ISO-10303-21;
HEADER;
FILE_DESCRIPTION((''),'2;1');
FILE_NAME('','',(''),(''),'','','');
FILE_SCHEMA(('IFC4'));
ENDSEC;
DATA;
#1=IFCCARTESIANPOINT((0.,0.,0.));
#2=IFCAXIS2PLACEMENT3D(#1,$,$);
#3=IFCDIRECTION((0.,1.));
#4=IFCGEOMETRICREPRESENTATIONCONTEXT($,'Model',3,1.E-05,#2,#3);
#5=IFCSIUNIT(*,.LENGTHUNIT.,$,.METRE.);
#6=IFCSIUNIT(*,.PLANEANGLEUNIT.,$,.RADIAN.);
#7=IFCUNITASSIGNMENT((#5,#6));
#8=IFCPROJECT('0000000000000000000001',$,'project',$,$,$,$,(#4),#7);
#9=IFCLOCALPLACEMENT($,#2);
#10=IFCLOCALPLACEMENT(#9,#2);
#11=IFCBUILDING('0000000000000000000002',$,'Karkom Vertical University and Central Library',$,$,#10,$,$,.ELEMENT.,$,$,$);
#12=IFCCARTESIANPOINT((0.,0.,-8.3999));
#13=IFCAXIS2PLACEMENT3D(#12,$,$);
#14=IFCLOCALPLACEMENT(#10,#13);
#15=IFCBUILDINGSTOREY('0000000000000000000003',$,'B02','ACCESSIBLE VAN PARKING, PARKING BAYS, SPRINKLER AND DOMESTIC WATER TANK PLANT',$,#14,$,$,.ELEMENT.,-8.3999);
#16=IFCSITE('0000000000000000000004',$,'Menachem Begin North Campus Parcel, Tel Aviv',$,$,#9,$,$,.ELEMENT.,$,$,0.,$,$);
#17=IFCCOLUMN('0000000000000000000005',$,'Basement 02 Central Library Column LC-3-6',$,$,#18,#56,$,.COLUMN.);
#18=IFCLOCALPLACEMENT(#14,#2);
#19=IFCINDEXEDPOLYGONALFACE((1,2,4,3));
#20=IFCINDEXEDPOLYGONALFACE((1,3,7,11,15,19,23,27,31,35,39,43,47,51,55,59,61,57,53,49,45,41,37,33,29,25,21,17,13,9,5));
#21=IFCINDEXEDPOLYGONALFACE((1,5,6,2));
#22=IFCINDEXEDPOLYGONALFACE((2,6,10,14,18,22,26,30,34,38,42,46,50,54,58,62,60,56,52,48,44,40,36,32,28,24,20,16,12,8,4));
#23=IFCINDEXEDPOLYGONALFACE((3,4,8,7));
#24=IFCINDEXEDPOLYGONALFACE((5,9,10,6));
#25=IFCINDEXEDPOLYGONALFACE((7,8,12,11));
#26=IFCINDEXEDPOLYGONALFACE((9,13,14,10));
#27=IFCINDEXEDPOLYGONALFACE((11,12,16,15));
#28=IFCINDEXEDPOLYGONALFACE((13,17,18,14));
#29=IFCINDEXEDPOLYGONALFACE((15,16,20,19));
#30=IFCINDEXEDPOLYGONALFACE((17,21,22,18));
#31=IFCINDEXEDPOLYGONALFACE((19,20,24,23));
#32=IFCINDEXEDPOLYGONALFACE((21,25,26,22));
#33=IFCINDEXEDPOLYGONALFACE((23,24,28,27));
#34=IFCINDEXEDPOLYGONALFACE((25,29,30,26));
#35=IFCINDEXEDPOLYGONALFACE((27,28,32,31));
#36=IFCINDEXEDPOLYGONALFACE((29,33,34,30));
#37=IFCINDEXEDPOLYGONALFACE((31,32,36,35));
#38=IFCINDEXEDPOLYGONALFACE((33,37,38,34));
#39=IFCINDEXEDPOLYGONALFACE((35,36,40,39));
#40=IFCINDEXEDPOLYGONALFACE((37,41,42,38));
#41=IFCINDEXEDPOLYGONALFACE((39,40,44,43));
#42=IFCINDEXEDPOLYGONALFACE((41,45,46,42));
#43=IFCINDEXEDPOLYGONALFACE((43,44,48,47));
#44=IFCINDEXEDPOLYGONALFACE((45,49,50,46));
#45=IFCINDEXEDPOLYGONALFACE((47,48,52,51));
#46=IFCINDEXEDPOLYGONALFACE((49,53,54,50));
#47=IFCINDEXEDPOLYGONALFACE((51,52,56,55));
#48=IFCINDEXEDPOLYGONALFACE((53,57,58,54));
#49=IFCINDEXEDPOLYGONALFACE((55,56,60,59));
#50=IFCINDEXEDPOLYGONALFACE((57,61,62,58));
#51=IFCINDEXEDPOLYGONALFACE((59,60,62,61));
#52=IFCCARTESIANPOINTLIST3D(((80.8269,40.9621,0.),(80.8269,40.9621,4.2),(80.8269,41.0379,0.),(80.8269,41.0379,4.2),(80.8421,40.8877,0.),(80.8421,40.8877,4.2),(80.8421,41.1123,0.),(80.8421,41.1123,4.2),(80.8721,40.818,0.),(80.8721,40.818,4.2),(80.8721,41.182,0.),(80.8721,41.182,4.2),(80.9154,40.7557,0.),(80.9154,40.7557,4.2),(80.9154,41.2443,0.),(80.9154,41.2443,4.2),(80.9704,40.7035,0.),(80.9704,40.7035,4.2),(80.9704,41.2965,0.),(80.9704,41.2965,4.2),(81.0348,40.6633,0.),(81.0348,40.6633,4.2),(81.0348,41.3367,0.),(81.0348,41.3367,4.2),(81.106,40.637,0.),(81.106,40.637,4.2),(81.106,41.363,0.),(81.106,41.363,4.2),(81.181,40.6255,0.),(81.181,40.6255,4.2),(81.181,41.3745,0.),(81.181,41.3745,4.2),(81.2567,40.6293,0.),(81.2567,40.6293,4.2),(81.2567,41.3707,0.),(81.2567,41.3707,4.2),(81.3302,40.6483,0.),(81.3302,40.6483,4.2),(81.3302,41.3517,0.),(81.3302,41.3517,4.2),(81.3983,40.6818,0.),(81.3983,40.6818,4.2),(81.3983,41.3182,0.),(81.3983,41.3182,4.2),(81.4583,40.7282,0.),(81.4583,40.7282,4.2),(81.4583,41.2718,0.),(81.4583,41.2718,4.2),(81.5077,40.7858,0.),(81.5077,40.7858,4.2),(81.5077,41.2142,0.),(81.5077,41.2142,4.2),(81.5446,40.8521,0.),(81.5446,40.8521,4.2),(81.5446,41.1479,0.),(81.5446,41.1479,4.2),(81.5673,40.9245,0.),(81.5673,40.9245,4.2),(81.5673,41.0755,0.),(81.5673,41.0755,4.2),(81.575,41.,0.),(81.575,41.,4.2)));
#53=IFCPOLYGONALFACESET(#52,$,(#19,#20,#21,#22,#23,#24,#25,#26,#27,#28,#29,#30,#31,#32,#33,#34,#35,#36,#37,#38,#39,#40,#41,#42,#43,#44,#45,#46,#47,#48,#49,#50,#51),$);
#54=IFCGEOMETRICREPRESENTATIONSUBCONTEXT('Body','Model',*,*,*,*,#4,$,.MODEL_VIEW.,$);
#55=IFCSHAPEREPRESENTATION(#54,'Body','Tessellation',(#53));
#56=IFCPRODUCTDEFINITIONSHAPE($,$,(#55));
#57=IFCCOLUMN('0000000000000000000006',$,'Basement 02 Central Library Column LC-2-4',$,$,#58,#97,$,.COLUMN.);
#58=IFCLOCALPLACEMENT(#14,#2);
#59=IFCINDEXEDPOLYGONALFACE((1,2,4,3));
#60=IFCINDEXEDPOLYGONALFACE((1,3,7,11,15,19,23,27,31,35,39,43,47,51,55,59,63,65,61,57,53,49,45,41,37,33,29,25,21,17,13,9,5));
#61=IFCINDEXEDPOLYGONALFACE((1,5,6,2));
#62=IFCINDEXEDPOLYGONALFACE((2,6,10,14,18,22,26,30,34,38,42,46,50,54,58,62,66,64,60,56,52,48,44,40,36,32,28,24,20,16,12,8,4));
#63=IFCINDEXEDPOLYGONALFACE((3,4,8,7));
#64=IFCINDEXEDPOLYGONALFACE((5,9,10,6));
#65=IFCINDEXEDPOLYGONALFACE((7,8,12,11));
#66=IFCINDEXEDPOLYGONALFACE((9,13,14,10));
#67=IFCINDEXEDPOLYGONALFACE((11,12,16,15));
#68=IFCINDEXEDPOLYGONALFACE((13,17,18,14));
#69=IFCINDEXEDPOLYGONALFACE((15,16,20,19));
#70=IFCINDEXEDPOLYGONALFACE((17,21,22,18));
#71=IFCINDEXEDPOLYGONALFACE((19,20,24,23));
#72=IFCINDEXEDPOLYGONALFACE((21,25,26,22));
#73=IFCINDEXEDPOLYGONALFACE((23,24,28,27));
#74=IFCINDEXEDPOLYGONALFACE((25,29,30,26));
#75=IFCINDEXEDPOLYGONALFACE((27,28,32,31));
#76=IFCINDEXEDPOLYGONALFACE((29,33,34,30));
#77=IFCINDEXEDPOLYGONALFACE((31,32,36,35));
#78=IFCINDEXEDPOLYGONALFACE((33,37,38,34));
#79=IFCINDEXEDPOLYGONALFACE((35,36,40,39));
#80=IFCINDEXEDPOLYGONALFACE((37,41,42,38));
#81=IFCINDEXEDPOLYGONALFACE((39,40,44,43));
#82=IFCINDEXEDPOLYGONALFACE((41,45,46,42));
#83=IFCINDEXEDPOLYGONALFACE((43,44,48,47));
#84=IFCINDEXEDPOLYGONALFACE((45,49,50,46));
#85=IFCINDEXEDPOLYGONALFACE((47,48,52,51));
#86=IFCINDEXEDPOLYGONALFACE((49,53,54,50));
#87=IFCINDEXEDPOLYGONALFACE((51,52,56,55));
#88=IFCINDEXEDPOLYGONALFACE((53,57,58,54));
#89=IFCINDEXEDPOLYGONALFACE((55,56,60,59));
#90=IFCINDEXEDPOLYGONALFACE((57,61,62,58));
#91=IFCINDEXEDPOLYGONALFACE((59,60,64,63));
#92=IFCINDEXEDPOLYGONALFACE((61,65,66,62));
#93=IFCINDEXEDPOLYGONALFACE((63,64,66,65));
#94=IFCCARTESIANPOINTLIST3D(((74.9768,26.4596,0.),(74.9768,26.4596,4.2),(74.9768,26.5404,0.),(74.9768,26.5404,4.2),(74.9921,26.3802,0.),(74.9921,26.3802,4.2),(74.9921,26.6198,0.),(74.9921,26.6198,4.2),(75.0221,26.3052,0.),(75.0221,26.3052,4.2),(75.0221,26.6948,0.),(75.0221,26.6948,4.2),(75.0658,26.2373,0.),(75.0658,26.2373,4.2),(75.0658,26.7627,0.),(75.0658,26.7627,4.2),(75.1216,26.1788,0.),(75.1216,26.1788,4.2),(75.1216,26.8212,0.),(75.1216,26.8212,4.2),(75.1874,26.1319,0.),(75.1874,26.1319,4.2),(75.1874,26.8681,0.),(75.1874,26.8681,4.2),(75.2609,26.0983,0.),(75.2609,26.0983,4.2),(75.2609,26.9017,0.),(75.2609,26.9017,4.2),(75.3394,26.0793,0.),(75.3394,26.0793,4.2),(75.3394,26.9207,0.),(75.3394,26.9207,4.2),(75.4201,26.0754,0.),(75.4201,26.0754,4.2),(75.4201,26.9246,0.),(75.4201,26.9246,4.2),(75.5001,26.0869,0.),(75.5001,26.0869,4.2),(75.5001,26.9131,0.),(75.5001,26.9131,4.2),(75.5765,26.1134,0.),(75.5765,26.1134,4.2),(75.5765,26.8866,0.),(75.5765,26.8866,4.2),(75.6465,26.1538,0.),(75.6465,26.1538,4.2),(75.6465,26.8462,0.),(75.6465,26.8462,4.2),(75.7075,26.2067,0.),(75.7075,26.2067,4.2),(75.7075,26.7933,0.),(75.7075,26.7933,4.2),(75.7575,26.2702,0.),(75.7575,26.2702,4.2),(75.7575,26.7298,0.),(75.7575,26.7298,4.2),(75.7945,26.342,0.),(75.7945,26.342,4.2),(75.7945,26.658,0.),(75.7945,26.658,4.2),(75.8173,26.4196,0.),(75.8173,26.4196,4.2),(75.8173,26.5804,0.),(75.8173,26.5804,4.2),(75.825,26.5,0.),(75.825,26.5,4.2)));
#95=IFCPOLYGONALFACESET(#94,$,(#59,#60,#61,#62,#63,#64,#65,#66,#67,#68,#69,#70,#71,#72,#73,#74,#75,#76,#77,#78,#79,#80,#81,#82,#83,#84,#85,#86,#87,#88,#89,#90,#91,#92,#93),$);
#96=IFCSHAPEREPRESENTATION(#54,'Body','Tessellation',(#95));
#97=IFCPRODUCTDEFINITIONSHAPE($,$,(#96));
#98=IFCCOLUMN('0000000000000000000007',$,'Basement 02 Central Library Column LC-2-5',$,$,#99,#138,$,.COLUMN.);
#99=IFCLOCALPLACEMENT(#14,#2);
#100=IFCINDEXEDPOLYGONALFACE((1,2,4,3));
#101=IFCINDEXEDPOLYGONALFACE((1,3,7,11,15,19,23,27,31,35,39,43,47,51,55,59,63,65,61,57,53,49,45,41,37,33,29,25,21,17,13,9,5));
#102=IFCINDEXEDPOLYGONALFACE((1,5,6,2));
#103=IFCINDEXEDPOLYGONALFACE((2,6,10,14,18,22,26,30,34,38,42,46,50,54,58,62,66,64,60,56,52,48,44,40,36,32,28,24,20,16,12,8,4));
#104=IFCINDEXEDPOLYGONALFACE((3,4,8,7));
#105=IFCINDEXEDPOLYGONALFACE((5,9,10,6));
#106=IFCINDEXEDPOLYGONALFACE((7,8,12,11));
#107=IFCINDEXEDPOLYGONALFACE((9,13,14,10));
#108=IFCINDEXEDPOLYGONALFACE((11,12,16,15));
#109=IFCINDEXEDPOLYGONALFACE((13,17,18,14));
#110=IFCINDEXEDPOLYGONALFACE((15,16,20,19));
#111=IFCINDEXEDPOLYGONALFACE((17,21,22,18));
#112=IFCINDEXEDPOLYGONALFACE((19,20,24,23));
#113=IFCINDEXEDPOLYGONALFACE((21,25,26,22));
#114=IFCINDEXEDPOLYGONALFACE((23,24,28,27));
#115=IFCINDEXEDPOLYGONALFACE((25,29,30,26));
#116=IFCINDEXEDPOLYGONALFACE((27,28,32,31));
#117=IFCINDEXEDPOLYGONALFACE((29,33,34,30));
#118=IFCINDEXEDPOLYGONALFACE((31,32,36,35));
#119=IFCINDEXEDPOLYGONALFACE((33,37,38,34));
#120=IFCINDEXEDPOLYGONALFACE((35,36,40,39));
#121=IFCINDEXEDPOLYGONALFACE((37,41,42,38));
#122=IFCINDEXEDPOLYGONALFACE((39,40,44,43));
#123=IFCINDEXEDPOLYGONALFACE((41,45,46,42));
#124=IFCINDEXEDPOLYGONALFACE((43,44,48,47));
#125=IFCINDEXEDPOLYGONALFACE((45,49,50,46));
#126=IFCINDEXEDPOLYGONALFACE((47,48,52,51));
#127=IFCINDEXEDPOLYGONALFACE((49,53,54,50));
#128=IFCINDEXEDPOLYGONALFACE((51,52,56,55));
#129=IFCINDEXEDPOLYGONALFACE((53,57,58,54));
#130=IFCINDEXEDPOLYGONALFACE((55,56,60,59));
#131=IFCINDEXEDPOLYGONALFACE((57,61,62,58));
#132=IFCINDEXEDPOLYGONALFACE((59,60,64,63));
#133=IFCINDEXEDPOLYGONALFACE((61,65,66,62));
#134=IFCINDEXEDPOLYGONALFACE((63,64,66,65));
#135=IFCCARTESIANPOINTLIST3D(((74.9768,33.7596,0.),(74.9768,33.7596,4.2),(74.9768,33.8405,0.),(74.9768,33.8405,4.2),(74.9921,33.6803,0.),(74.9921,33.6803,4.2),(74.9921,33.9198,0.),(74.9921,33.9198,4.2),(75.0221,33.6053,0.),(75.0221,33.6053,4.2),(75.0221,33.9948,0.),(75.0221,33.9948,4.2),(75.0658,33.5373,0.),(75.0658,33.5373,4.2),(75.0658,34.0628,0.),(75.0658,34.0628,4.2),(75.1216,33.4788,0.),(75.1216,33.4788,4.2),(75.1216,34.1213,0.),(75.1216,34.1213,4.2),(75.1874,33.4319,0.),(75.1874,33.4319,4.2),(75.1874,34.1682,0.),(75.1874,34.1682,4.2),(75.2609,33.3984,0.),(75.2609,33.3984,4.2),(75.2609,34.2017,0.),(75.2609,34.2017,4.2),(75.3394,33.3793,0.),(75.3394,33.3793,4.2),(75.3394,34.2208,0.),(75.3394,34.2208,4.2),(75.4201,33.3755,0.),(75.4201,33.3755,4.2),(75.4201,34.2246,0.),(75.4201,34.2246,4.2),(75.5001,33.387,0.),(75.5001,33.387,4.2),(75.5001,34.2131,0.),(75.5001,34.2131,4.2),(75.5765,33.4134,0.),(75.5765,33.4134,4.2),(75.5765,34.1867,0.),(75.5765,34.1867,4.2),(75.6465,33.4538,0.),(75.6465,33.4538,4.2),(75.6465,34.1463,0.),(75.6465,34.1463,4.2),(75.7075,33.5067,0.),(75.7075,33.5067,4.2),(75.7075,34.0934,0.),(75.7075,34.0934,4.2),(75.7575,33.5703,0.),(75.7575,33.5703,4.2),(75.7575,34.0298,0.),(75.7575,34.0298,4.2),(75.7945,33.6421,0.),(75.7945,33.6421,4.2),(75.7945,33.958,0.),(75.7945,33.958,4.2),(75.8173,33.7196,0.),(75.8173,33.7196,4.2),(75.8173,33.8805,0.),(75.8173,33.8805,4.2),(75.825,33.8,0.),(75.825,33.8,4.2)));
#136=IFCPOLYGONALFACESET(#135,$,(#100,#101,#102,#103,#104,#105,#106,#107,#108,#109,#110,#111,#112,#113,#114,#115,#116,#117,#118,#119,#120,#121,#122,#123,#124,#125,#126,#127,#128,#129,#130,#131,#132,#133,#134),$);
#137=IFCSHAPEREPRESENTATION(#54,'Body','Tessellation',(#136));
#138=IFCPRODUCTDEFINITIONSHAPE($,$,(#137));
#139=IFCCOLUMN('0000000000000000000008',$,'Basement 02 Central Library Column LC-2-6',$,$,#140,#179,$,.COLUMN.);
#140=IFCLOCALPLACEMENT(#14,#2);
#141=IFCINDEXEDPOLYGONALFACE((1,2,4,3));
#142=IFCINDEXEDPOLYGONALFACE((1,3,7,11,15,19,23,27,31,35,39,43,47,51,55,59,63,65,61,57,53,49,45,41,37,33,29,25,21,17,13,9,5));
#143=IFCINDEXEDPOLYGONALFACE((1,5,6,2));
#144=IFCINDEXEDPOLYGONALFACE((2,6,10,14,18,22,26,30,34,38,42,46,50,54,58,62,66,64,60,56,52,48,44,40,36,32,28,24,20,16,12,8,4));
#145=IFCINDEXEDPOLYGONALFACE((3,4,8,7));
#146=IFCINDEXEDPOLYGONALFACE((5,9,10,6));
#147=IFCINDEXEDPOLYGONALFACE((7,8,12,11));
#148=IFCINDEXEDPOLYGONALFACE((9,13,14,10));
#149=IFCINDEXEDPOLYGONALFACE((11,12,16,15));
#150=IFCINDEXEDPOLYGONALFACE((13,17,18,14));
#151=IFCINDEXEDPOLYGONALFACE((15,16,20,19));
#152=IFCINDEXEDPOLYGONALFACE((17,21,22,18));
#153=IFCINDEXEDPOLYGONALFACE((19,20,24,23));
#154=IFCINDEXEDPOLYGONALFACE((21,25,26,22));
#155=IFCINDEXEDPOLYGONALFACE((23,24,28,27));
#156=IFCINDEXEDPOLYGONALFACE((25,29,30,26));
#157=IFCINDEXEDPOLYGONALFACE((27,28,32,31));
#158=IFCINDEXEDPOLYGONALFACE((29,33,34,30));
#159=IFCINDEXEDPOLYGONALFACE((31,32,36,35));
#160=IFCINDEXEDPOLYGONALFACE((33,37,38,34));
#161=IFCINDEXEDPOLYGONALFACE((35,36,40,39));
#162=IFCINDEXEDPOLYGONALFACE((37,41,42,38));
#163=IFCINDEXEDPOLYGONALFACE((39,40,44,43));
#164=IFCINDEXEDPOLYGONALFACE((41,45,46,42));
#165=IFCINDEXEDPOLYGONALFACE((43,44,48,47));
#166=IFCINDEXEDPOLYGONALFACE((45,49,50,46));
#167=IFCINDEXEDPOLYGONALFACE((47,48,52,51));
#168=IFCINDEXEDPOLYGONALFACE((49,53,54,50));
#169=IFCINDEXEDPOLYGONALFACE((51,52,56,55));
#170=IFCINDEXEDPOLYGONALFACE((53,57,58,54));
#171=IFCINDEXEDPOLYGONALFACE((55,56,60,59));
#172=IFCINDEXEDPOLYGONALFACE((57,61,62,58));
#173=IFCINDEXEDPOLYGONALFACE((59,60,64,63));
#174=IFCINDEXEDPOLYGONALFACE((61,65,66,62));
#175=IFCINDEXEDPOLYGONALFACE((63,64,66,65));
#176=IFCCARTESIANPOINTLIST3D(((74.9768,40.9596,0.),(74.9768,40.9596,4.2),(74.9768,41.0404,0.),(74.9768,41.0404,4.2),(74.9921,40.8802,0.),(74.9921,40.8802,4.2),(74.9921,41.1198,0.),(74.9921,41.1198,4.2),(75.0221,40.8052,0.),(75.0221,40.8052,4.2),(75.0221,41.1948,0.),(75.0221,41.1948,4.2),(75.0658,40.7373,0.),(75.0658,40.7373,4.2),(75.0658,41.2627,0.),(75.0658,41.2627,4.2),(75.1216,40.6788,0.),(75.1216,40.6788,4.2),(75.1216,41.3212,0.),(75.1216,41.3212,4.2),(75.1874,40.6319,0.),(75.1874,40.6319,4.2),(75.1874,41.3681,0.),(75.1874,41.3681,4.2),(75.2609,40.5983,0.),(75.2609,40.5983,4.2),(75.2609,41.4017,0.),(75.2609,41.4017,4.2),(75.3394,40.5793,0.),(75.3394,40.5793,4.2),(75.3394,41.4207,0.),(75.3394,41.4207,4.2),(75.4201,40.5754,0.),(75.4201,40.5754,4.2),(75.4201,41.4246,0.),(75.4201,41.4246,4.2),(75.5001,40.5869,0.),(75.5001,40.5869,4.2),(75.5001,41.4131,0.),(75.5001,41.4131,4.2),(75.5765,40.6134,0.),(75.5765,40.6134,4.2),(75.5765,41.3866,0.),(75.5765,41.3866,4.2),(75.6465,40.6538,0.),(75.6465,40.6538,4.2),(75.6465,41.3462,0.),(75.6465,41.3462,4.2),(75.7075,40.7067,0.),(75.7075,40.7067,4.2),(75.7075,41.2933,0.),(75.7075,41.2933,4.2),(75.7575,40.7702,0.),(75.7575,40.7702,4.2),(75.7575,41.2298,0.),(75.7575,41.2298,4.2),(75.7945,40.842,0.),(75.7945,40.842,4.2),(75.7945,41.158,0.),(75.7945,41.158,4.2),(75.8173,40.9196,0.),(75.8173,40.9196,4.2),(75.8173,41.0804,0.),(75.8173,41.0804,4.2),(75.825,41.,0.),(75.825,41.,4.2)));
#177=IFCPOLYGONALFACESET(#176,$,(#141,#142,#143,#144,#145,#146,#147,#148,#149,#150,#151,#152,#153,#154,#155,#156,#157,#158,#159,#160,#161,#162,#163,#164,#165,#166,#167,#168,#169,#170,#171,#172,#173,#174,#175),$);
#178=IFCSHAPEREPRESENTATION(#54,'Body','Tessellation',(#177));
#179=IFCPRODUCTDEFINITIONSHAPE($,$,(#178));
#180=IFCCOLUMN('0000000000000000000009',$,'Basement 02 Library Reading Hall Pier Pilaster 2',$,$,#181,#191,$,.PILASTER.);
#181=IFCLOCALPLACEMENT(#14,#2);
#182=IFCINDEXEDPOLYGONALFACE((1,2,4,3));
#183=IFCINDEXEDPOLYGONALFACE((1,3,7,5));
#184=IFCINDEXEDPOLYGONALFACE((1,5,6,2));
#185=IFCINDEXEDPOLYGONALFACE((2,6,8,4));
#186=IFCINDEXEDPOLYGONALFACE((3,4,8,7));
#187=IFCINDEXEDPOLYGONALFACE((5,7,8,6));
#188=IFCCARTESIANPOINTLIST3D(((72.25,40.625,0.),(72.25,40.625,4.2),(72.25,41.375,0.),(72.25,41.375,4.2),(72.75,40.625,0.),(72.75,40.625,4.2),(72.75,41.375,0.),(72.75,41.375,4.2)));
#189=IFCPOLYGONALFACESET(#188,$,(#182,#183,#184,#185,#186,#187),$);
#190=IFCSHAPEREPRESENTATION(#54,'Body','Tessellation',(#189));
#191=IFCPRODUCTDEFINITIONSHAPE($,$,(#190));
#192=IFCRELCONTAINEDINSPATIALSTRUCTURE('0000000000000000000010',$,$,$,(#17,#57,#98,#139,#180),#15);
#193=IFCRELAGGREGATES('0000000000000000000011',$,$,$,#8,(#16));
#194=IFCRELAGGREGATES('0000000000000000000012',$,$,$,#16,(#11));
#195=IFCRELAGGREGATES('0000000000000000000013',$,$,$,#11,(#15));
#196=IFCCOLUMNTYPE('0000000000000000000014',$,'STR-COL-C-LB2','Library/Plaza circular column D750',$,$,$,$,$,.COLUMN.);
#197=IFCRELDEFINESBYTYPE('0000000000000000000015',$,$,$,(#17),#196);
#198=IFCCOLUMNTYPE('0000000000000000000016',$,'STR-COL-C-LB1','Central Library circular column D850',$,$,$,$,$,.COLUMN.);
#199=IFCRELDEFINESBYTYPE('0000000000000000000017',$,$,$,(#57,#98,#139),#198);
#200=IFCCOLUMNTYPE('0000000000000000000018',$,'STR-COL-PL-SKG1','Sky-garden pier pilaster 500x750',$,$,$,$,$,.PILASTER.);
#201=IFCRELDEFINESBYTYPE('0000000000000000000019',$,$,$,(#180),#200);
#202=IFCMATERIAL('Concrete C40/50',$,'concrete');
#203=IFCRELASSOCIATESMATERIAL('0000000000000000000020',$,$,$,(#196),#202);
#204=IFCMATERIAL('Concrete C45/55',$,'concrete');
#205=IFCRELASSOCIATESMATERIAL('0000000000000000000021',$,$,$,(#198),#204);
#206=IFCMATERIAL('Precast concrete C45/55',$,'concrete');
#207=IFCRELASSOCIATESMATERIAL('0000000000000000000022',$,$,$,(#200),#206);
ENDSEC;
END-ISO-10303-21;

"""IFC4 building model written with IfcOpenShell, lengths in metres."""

from ifc_helpers import new_model, si_unit, direction, frame, origin, origin_with_axes, origin_2d, place, context, subcontext, project, spatial, rectangle, circle, extrude, source, transform, mapped, material, material_profile, profile_set, type_object, element, save


model = new_model("IFC4")

# Units and contexts
model_context = context("Model", 3, precision=1e-05, world=origin(), true_north=direction((0.0, 1.0)))
body_context = subcontext(model_context, "Body", "Model", "MODEL_VIEW")
ifc_project = project(units=[si_unit("LENGTHUNIT", "METRE"), si_unit("PLANEANGLEUNIT", "RADIAN")], contexts=[model_context])

# Site, building, storey
site_placement = place(None, origin())
site = spatial("IfcSite", under=ifc_project, at=site_placement, Name="Menachem Begin North Campus Parcel, Tel Aviv", CompositionType="ELEMENT", RefElevation=0.0)
building_placement = place(site_placement, origin())
building = spatial("IfcBuilding", under=site, at=building_placement, Name="Karkom Vertical University and Central Library", CompositionType="ELEMENT")
storey_placement = place(building_placement, frame((0.0, 0.0, -8.3999)))
storey = spatial("IfcBuildingStorey", under=building, at=storey_placement, Name="B02", Description="ACCESSIBLE VAN PARKING, PARKING BAYS, SPRINKLER AND DOMESTIC WATER TANK PLANT", CompositionType="ELEMENT", Elevation=-8.3999)

# Shared definitions
ifc_material_1 = material(Name="Concrete C40/50", Category="concrete")

# Shared definitions
ifc_material_2 = material(Name="Concrete C45/55", Category="concrete")

# Columns
ifc_material_profile_1 = material_profile(ifc_material_1, circle(Radius=0.375, at=origin_2d()), Name="RC-D750")
ifc_profile_set_1 = profile_set([ifc_material_profile_1], Name="Concrete C40/50")
column_type_1 = type_object("IfcColumnType", Name="STR-COL-C-LB2", Description="Library/Plaza circular column D750", PredefinedType="COLUMN", material=ifc_profile_set_1)
shared_shape_1 = source(origin_with_axes(), body_context, "Body", "SweptSolid", [
    extrude(circle(Radius=0.375, at=origin_2d()), origin(), (0.0, 0.0, 1.0), 4.2),
])
for number, where, z_axis, x_axis, name in (
    (1, (81.2, 41.0, 0.0), (0.0, 0.0, 1.0), (1.0, 0.0, 0.0), "Basement 02 Central Library Column LC-3-6"),
):
    element("IfcColumn", number, at=place(storey_placement, frame(where, z_axis=z_axis, x_axis=x_axis)), inside=storey, type_object=column_type_1, Name=name, PredefinedType="COLUMN", context=body_context, shape_type="MappedRepresentation", body=[
        mapped(shared_shape_1, transform((0.0, 0.0, 0.0), scale=1.0)),
    ])
ifc_material_profile_2 = material_profile(ifc_material_2, circle(Radius=0.425, at=origin_2d()), Name="RC-D850")
ifc_profile_set_2 = profile_set([ifc_material_profile_2], Name="Concrete C45/55")
column_type_2 = type_object("IfcColumnType", Name="STR-COL-C-LB1", Description="Central Library circular column D850", PredefinedType="COLUMN", material=ifc_profile_set_2)
shared_shape_2 = source(origin_with_axes(), body_context, "Body", "SweptSolid", [
    extrude(circle(Radius=0.425, at=origin_2d()), origin(), (0.0, 0.0, 1.0), 4.2),
])
for number, where, z_axis, x_axis, name in (
    (2, (75.3999, 26.5, 0.0), (0.0, 0.0, 1.0), (1.0, 0.0, 0.0), "Basement 02 Central Library Column LC-2-4"),
    (3, (75.3999, 33.8, 0.0), (0.0, 0.0, 1.0), (1.0, 0.0, 0.0), "Basement 02 Central Library Column LC-2-5"),
    (4, (75.3999, 41.0, 0.0), (0.0, 0.0, 1.0), (1.0, 0.0, 0.0), "Basement 02 Central Library Column LC-2-6"),
):
    element("IfcColumn", number, at=place(storey_placement, frame(where, z_axis=z_axis, x_axis=x_axis)), inside=storey, type_object=column_type_2, Name=name, PredefinedType="COLUMN", context=body_context, shape_type="MappedRepresentation", body=[
        mapped(shared_shape_2, transform((0.0, 0.0, 0.0), scale=1.0)),
    ])
ifc_material_3 = material(Name="Precast concrete C45/55", Category="concrete")
ifc_material_profile_3 = material_profile(ifc_material_3, rectangle(XDim=0.5, YDim=0.75, at=origin_2d()), Name="PIL-500x750")
ifc_profile_set_3 = profile_set([ifc_material_profile_3], Name="Precast concrete C45/55")
column_type_3 = type_object("IfcColumnType", Name="STR-COL-PL-SKG1", Description="Sky-garden pier pilaster 500x750", PredefinedType="PILASTER", material=ifc_profile_set_3)
shared_shape_3 = source(origin_with_axes(), body_context, "Body", "SweptSolid", [
    extrude(rectangle(XDim=0.5, YDim=0.75, at=origin_2d()), origin(), (0.0, 0.0, 1.0), 4.2),
])
column_placement = place(storey_placement, frame((72.5, 41.0, 0.0), z_axis=(0.0, 0.0, 1.0), x_axis=(1.0, 0.0, 0.0)))
element("IfcColumn", 5, at=column_placement, inside=storey, type_object=column_type_3, Name="Basement 02 Library Reading Hall Pier Pilaster 2", PredefinedType="PILASTER", context=body_context, shape_type="MappedRepresentation", body=[
    mapped(shared_shape_3, transform((0.0, 0.0, 0.0), scale=1.0)),
])

save(model, "model.ifc")
